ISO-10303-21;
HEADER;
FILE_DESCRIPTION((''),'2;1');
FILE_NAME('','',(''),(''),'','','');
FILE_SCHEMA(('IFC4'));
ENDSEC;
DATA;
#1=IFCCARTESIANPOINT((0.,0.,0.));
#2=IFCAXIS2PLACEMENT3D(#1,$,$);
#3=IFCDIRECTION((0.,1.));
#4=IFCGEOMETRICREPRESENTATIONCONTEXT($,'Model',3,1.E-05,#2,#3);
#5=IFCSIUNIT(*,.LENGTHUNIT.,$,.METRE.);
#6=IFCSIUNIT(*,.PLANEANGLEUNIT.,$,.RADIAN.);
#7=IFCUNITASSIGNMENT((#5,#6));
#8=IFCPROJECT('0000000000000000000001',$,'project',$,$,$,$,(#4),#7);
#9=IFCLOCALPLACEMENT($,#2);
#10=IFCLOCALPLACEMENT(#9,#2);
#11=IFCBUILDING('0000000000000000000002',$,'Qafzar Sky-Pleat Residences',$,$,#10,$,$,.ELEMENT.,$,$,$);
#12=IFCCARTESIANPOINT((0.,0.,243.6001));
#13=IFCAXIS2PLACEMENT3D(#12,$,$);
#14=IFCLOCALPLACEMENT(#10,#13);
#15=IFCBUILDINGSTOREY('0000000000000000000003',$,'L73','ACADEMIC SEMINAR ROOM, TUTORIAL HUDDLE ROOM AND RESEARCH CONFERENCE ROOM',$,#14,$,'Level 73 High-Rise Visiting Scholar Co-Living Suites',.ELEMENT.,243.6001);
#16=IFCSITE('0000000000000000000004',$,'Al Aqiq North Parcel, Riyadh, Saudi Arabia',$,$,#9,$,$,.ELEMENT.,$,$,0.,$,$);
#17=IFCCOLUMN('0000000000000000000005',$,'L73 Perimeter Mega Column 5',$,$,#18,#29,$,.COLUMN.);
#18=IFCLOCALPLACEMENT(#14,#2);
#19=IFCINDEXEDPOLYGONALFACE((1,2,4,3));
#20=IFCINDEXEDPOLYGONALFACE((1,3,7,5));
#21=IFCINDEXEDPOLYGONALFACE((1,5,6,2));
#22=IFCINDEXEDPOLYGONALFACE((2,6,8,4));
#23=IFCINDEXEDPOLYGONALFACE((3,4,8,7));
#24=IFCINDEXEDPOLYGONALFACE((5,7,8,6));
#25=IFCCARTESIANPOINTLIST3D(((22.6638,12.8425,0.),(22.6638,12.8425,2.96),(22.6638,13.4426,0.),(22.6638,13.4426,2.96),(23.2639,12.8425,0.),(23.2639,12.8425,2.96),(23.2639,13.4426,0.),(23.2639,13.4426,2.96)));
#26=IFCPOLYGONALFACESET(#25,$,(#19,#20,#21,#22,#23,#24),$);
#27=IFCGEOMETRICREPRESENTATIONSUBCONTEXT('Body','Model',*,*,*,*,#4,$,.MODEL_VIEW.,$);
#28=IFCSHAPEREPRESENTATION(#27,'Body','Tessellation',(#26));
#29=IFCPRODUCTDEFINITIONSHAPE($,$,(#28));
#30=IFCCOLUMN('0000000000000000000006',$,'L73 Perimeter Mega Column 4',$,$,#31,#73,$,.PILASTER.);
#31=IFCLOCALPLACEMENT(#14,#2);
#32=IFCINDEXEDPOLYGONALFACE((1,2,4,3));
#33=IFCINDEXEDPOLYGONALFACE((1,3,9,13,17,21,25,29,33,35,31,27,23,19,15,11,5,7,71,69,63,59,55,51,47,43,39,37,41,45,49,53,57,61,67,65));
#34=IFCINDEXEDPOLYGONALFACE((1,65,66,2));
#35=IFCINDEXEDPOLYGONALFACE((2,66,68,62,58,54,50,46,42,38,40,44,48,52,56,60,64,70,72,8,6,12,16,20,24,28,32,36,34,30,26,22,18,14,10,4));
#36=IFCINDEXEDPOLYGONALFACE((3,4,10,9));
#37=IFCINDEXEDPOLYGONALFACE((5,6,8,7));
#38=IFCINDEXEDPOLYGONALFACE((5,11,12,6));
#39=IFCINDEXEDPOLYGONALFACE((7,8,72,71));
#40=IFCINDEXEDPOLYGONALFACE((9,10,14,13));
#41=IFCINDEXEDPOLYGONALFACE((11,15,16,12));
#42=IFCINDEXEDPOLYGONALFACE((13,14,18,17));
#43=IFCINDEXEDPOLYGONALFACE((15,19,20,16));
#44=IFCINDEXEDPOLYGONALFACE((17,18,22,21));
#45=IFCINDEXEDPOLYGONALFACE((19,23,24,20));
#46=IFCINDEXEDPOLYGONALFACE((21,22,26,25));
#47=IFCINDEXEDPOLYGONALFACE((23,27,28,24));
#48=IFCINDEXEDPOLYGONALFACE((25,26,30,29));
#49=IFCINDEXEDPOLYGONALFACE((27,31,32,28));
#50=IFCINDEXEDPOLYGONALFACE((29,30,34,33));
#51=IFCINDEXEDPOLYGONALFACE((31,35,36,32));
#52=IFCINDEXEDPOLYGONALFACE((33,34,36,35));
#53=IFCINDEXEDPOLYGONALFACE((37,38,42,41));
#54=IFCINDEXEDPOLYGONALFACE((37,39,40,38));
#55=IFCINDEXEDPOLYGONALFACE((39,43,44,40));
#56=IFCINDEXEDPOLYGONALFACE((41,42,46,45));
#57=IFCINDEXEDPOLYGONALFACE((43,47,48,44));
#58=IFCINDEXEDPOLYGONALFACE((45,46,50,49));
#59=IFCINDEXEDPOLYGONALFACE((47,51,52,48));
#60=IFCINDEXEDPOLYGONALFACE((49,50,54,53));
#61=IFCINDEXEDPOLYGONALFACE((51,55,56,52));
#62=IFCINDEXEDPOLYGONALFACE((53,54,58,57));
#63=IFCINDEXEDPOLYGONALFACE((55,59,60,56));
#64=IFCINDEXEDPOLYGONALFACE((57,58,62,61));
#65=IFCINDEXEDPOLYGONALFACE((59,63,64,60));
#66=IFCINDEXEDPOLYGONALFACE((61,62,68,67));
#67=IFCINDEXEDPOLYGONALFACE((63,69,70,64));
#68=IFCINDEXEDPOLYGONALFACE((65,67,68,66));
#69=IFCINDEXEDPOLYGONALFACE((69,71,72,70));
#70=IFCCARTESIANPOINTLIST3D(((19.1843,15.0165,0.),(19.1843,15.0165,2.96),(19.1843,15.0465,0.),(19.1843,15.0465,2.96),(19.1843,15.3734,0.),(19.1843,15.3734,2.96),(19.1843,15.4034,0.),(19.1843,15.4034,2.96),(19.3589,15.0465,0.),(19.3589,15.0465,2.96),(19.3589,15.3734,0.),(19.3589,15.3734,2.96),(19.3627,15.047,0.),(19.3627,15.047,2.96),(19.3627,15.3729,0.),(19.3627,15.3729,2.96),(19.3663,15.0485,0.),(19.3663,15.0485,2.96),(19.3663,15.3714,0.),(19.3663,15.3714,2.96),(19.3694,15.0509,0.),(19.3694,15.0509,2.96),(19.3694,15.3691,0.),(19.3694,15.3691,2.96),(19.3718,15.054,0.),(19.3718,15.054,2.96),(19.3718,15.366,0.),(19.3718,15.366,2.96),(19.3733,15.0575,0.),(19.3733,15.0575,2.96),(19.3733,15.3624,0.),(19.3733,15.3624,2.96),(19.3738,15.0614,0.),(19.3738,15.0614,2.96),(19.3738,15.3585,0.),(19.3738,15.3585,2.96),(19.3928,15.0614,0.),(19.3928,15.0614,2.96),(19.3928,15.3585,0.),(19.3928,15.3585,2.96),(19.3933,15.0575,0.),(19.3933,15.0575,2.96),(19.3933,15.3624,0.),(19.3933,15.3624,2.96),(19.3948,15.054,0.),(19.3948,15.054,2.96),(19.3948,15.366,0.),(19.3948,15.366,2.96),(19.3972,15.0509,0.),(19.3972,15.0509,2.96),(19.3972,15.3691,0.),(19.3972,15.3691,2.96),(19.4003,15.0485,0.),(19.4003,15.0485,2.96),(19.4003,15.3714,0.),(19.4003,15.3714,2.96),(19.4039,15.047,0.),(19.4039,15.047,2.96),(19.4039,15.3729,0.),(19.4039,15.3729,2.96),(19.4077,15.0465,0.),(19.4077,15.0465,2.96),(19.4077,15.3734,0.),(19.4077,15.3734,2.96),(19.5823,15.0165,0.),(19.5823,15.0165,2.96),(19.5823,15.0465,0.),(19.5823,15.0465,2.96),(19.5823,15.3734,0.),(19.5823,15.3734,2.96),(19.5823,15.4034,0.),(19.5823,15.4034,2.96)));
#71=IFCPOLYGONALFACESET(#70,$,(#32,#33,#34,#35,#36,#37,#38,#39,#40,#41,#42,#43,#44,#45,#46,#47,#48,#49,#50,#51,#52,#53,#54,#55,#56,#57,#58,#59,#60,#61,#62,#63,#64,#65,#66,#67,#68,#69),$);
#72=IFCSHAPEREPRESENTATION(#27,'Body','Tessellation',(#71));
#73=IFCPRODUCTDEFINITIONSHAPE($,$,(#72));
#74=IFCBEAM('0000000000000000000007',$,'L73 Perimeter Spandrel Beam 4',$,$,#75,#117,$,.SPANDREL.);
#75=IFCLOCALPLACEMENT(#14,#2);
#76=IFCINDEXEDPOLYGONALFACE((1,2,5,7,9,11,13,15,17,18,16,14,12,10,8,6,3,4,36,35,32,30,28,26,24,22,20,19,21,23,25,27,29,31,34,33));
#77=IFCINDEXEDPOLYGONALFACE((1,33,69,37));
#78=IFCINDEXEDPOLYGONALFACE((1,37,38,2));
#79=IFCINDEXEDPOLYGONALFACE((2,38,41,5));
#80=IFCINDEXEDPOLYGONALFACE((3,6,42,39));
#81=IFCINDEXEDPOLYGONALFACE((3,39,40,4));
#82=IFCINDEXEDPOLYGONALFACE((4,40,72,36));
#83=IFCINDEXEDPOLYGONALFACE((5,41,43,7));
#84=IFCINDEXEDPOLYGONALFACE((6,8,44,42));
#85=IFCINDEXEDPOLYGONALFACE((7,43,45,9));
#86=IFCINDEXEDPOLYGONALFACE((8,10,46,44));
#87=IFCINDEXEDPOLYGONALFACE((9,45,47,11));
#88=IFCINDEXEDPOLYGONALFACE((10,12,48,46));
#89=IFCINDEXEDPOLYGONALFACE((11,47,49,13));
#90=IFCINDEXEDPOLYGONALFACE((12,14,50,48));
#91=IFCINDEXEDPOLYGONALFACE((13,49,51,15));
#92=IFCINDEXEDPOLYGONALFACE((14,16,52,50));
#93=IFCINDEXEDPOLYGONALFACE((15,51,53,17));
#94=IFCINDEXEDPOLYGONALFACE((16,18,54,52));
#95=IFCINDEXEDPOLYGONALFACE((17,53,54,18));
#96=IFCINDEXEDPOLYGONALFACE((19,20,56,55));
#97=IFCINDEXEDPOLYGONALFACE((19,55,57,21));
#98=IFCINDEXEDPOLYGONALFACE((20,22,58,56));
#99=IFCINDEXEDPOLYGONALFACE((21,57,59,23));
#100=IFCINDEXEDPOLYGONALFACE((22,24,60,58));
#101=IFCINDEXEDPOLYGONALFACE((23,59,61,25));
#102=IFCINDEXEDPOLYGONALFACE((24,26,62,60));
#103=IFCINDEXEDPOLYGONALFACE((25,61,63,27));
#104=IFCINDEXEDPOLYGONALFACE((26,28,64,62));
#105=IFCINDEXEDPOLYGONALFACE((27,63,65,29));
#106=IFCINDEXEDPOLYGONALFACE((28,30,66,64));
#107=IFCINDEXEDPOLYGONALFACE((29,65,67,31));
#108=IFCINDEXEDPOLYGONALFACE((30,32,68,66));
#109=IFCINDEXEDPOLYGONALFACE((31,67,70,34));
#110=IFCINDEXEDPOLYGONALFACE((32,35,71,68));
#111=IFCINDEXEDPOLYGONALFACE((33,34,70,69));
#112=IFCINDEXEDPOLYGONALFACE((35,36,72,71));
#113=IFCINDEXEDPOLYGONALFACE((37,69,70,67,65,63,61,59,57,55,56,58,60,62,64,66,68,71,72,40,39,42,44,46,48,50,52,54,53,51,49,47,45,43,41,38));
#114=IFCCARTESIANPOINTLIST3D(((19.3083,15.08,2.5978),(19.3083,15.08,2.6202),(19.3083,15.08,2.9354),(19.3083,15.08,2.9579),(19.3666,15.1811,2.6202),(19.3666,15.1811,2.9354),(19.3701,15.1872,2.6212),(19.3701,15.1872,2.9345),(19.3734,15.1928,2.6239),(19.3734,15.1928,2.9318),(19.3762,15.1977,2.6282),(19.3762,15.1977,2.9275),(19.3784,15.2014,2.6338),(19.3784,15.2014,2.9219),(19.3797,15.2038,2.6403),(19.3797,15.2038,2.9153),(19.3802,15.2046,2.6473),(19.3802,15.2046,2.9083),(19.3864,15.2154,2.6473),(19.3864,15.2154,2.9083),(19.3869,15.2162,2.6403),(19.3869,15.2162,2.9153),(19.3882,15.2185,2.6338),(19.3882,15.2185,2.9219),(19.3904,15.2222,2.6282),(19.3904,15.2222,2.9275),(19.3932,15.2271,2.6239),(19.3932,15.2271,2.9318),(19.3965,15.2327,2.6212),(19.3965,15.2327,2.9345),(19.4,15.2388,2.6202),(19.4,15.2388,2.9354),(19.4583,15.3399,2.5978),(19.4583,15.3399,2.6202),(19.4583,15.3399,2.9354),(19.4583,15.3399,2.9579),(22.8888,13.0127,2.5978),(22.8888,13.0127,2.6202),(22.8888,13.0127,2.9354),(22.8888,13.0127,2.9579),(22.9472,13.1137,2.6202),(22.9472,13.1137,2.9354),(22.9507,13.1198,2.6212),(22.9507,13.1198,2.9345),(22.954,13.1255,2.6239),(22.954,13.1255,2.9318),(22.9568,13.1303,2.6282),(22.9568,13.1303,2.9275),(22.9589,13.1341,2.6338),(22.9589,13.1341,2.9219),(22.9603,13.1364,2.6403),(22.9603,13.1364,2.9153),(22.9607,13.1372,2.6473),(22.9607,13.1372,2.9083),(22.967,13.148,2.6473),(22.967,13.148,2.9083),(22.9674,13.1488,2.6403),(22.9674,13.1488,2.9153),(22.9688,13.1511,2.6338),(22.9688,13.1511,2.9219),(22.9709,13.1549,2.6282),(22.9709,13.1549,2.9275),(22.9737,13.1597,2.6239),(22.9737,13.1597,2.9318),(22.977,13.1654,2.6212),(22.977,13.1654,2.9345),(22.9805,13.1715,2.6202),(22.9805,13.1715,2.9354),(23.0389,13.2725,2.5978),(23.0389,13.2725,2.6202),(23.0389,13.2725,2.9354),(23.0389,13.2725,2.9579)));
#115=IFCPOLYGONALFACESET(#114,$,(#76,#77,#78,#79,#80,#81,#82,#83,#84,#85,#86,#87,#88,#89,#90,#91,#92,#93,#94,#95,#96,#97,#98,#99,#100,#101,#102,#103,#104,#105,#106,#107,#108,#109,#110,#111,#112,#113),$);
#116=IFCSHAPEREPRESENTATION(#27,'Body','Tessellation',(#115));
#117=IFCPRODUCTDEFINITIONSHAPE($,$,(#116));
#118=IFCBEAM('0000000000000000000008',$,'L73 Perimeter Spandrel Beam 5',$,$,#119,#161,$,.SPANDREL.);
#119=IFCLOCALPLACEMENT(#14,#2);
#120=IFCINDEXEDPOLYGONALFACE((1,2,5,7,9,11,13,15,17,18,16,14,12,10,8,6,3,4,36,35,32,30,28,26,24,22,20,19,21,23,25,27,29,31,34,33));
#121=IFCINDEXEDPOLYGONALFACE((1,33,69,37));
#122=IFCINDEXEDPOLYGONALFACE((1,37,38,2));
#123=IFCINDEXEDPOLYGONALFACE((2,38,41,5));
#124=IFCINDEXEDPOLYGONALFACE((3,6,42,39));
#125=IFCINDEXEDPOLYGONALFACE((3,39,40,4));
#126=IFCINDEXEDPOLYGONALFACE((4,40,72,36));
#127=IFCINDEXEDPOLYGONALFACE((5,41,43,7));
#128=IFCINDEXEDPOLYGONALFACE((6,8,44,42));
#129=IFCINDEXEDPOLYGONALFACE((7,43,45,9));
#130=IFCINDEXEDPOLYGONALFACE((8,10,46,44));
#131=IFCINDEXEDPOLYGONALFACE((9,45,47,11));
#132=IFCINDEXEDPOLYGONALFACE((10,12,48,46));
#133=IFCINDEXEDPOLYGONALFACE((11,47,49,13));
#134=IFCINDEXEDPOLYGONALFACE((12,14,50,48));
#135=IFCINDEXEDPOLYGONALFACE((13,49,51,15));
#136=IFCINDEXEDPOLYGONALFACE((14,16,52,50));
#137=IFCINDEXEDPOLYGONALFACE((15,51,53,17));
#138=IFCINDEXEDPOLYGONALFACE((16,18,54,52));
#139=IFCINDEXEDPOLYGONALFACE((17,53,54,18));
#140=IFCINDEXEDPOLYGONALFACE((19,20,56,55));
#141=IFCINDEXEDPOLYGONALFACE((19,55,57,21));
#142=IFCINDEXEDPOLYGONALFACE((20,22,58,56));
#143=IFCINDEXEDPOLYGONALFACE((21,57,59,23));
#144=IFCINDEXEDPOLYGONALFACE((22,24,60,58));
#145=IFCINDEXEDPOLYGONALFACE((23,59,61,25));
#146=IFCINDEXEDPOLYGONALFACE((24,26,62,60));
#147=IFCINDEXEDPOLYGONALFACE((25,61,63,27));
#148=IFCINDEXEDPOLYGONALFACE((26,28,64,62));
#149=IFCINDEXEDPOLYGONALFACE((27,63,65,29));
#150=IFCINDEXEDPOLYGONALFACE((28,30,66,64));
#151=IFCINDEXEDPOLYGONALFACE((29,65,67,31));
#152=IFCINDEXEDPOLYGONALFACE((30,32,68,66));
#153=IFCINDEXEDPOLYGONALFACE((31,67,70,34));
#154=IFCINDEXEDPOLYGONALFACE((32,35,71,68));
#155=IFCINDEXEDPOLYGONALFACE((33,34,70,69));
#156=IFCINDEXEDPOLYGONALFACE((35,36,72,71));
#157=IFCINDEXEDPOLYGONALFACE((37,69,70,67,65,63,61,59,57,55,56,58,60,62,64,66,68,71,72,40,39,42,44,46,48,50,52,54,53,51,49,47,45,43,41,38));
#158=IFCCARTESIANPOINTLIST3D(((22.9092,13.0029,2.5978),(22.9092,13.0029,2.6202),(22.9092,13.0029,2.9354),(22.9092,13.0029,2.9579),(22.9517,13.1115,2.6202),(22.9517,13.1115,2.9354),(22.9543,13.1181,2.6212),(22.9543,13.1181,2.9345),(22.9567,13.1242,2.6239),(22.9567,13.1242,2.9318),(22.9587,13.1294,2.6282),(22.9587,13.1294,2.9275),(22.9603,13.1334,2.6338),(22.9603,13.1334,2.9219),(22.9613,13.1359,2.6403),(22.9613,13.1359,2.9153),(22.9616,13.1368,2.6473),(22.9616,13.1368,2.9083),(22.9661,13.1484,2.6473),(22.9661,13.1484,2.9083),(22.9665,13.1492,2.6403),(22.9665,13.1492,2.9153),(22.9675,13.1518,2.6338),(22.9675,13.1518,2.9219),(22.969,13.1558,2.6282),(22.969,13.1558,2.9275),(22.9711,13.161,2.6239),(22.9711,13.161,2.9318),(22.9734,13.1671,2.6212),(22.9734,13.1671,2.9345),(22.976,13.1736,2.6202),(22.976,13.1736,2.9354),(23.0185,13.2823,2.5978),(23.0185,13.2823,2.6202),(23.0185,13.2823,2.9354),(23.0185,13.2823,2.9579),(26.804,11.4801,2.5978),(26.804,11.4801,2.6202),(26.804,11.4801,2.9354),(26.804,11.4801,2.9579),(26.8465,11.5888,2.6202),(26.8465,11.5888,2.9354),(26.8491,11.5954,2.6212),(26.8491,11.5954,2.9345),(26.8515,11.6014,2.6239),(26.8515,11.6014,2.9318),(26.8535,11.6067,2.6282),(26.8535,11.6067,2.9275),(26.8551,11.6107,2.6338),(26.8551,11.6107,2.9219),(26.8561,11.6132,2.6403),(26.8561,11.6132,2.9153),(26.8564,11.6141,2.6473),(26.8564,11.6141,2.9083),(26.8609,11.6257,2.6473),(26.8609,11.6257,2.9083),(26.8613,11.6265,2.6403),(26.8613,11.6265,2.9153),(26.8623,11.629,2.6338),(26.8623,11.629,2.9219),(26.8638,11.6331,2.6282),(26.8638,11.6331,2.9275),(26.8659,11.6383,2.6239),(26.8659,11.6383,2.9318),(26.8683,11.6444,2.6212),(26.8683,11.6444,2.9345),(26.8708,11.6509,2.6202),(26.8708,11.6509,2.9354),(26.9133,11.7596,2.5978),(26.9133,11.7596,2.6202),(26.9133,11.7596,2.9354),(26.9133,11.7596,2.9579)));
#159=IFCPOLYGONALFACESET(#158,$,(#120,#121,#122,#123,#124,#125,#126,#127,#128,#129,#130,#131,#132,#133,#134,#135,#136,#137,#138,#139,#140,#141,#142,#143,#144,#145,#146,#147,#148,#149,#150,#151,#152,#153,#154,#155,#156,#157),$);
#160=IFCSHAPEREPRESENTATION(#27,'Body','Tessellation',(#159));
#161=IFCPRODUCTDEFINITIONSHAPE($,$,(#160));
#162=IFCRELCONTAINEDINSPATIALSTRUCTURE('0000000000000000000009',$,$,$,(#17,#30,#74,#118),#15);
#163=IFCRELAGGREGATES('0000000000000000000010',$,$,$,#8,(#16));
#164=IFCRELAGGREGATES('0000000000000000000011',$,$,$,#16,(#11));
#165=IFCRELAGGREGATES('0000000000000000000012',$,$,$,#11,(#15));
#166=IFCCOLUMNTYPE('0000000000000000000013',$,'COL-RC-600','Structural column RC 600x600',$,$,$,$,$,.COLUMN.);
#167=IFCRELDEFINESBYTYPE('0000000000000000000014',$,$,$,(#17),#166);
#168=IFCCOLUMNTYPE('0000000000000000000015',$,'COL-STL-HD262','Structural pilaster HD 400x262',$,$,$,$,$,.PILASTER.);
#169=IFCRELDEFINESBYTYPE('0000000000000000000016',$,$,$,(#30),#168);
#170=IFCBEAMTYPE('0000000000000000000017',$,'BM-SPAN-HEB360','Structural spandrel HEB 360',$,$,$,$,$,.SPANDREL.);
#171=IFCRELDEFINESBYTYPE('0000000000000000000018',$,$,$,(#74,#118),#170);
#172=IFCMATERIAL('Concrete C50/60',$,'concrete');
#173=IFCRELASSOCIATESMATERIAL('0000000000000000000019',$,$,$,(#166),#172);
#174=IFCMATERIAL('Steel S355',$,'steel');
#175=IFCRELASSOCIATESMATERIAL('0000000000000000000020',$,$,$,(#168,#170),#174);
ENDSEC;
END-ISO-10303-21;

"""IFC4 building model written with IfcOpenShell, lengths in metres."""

from ifc_helpers import new_model, si_unit, direction, frame, origin, origin_2d, place, context, subcontext, project, spatial, rectangle, i_section, extrude, source, transform, mapped, material, material_profile, profile_set, type_object, element, save


model = new_model("IFC4")

# Units and contexts
model_context = context("Model", 3, precision=1e-05, world=origin(), true_north=direction((0.0, 1.0)))
body_context = subcontext(model_context, "Body", "Model", "MODEL_VIEW")
ifc_project = project(units=[si_unit("LENGTHUNIT", "METRE"), si_unit("PLANEANGLEUNIT", "RADIAN")], contexts=[model_context])

# Site, building, storey
site_placement = place(None, origin())
site = spatial("IfcSite", under=ifc_project, at=site_placement, Name="Al Aqiq North Parcel, Riyadh, Saudi Arabia", CompositionType="ELEMENT", RefElevation=0.0)
building_placement = place(site_placement, origin())
building = spatial("IfcBuilding", under=site, at=building_placement, Name="Qafzar Sky-Pleat Residences", CompositionType="ELEMENT")
storey_placement = place(building_placement, frame((0.0, 0.0, 243.6001)))
storey = spatial("IfcBuildingStorey", under=building, at=storey_placement, Name="L73", Description="ACADEMIC SEMINAR ROOM, TUTORIAL HUDDLE ROOM AND RESEARCH CONFERENCE ROOM", LongName="Level 73 High-Rise Visiting Scholar Co-Living Suites", CompositionType="ELEMENT", Elevation=243.6001)

# Columns
ifc_material_1 = material(Name="Concrete C50/60", Category="concrete")
ifc_material_profile_1 = material_profile(ifc_material_1, rectangle(XDim=0.6001, YDim=0.6001, at=origin_2d()), Name="RC 600x600")
ifc_profile_set_1 = profile_set([ifc_material_profile_1], Name="Concrete C50/60")
column_type_1 = type_object("IfcColumnType", Name="COL-RC-600", Description="Structural column RC 600x600", PredefinedType="COLUMN", material=ifc_profile_set_1)
shared_shape_1 = source(origin(), body_context, "Body", "SweptSolid", [
    extrude(rectangle(XDim=0.6001, YDim=0.6001, at=origin_2d()), origin(), (0.0, 0.0, 1.0), 2.96),
])
column_1_placement = place(storey_placement, frame((22.9639, 13.1426, 0.0), z_axis=(0.0, 0.0, 1.0), x_axis=(1.0, 0.0, 0.0)))
element("IfcColumn", 1, at=column_1_placement, inside=storey, type_object=column_type_1, Name="L73 Perimeter Mega Column 5", PredefinedType="COLUMN", context=body_context, shape_type="MappedRepresentation", body=[
    mapped(shared_shape_1, transform((0.0, 0.0, 0.0), x_axis=(1.0, 0.0, 0.0), y_axis=(0.0, 1.0, 0.0), z_axis=(0.0, 0.0, 1.0), scale=1.0)),
])
ifc_material_2 = material(Name="Steel S355", Category="steel")
ifc_material_profile_2 = material_profile(ifc_material_2, i_section(OverallWidth=0.3979, OverallDepth=0.387, WebThickness=0.019, FlangeThickness=0.03, FilletRadius=0.0149, at=origin_2d()), Name="HD 400x262")
ifc_profile_set_2 = profile_set([ifc_material_profile_2], Name="Steel S355")
column_type_2 = type_object("IfcColumnType", Name="COL-STL-HD262", Description="Structural pilaster HD 400x262", PredefinedType="PILASTER", material=ifc_profile_set_2)
shared_shape_2 = source(origin(), body_context, "Body", "SweptSolid", [
    extrude(i_section(OverallWidth=0.3979, OverallDepth=0.387, WebThickness=0.019, FlangeThickness=0.03, FilletRadius=0.0149, at=origin_2d()), origin(), (0.0, 0.0, 1.0), 2.96),
])
column_2_placement = place(storey_placement, frame((19.3833, 15.21, 0.0), z_axis=(0.0, 0.0, 1.0), x_axis=(1.0, 0.0, 0.0)))
element("IfcColumn", 2, at=column_2_placement, inside=storey, type_object=column_type_2, Name="L73 Perimeter Mega Column 4", PredefinedType="PILASTER", context=body_context, shape_type="MappedRepresentation", body=[
    mapped(shared_shape_2, transform((0.0, 0.0, 0.0), x_axis=(1.0, 0.0, 0.0), y_axis=(0.0, 1.0, 0.0), z_axis=(0.0, 0.0, 1.0), scale=1.0)),
])

# Beams
ifc_material_profile_3 = material_profile(ifc_material_2, i_section(OverallWidth=0.3, OverallDepth=0.3601, WebThickness=0.0125, FlangeThickness=0.0225, FilletRadius=0.0271, at=origin_2d()), Name="HEB 360")
ifc_profile_set_3 = profile_set([ifc_material_profile_3], Name="Steel S355")
beam_type_1 = type_object("IfcBeamType", Name="BM-SPAN-HEB360", Description="Structural spandrel HEB 360", PredefinedType="SPANDREL", material=ifc_profile_set_3)
shared_shape_3 = source(origin(), body_context, "Body", "SweptSolid", [
    extrude(i_section(OverallWidth=0.3, OverallDepth=0.3601, WebThickness=0.0125, FlangeThickness=0.0225, FilletRadius=0.0271, at=origin_2d()), origin(), (0.0, 0.0, 1.0), 4.1345),
])
beam_1_placement = place(storey_placement, frame((19.3833, 15.21, 2.7778), z_axis=(0.866011, -0.500026, 0.0), x_axis=(0.500026, 0.866011, 0.0)))
element("IfcBeam", 3, at=beam_1_placement, inside=storey, type_object=beam_type_1, Name="L73 Perimeter Spandrel Beam 4", PredefinedType="SPANDREL", context=body_context, shape_type="MappedRepresentation", body=[
    mapped(shared_shape_3, transform((0.0, 0.0, 0.0), x_axis=(1.0, 0.0, 0.0), y_axis=(0.0, 1.0, 0.0), z_axis=(0.0, 0.0, 1.0), scale=1.0)),
])
shared_shape_4 = source(origin(), body_context, "Body", "SweptSolid", [
    extrude(i_section(OverallWidth=0.3, OverallDepth=0.3601, WebThickness=0.0125, FlangeThickness=0.0225, FilletRadius=0.0271, at=origin_2d()), origin(), (0.0, 0.0, 1.0), 4.1819),
])
beam_2_placement = place(storey_placement, frame((22.9639, 13.1426, 2.7778), z_axis=(0.931351, -0.364122, 0.0), x_axis=(0.364122, 0.931351, 0.0)))
element("IfcBeam", 4, at=beam_2_placement, inside=storey, type_object=beam_type_1, Name="L73 Perimeter Spandrel Beam 5", PredefinedType="SPANDREL", context=body_context, shape_type="MappedRepresentation", body=[
    mapped(shared_shape_4, transform((0.0, 0.0, 0.0), x_axis=(1.0, 0.0, 0.0), y_axis=(0.0, 1.0, 0.0), z_axis=(0.0, 0.0, 1.0), scale=1.0)),
])

save(model, "model.ifc")
